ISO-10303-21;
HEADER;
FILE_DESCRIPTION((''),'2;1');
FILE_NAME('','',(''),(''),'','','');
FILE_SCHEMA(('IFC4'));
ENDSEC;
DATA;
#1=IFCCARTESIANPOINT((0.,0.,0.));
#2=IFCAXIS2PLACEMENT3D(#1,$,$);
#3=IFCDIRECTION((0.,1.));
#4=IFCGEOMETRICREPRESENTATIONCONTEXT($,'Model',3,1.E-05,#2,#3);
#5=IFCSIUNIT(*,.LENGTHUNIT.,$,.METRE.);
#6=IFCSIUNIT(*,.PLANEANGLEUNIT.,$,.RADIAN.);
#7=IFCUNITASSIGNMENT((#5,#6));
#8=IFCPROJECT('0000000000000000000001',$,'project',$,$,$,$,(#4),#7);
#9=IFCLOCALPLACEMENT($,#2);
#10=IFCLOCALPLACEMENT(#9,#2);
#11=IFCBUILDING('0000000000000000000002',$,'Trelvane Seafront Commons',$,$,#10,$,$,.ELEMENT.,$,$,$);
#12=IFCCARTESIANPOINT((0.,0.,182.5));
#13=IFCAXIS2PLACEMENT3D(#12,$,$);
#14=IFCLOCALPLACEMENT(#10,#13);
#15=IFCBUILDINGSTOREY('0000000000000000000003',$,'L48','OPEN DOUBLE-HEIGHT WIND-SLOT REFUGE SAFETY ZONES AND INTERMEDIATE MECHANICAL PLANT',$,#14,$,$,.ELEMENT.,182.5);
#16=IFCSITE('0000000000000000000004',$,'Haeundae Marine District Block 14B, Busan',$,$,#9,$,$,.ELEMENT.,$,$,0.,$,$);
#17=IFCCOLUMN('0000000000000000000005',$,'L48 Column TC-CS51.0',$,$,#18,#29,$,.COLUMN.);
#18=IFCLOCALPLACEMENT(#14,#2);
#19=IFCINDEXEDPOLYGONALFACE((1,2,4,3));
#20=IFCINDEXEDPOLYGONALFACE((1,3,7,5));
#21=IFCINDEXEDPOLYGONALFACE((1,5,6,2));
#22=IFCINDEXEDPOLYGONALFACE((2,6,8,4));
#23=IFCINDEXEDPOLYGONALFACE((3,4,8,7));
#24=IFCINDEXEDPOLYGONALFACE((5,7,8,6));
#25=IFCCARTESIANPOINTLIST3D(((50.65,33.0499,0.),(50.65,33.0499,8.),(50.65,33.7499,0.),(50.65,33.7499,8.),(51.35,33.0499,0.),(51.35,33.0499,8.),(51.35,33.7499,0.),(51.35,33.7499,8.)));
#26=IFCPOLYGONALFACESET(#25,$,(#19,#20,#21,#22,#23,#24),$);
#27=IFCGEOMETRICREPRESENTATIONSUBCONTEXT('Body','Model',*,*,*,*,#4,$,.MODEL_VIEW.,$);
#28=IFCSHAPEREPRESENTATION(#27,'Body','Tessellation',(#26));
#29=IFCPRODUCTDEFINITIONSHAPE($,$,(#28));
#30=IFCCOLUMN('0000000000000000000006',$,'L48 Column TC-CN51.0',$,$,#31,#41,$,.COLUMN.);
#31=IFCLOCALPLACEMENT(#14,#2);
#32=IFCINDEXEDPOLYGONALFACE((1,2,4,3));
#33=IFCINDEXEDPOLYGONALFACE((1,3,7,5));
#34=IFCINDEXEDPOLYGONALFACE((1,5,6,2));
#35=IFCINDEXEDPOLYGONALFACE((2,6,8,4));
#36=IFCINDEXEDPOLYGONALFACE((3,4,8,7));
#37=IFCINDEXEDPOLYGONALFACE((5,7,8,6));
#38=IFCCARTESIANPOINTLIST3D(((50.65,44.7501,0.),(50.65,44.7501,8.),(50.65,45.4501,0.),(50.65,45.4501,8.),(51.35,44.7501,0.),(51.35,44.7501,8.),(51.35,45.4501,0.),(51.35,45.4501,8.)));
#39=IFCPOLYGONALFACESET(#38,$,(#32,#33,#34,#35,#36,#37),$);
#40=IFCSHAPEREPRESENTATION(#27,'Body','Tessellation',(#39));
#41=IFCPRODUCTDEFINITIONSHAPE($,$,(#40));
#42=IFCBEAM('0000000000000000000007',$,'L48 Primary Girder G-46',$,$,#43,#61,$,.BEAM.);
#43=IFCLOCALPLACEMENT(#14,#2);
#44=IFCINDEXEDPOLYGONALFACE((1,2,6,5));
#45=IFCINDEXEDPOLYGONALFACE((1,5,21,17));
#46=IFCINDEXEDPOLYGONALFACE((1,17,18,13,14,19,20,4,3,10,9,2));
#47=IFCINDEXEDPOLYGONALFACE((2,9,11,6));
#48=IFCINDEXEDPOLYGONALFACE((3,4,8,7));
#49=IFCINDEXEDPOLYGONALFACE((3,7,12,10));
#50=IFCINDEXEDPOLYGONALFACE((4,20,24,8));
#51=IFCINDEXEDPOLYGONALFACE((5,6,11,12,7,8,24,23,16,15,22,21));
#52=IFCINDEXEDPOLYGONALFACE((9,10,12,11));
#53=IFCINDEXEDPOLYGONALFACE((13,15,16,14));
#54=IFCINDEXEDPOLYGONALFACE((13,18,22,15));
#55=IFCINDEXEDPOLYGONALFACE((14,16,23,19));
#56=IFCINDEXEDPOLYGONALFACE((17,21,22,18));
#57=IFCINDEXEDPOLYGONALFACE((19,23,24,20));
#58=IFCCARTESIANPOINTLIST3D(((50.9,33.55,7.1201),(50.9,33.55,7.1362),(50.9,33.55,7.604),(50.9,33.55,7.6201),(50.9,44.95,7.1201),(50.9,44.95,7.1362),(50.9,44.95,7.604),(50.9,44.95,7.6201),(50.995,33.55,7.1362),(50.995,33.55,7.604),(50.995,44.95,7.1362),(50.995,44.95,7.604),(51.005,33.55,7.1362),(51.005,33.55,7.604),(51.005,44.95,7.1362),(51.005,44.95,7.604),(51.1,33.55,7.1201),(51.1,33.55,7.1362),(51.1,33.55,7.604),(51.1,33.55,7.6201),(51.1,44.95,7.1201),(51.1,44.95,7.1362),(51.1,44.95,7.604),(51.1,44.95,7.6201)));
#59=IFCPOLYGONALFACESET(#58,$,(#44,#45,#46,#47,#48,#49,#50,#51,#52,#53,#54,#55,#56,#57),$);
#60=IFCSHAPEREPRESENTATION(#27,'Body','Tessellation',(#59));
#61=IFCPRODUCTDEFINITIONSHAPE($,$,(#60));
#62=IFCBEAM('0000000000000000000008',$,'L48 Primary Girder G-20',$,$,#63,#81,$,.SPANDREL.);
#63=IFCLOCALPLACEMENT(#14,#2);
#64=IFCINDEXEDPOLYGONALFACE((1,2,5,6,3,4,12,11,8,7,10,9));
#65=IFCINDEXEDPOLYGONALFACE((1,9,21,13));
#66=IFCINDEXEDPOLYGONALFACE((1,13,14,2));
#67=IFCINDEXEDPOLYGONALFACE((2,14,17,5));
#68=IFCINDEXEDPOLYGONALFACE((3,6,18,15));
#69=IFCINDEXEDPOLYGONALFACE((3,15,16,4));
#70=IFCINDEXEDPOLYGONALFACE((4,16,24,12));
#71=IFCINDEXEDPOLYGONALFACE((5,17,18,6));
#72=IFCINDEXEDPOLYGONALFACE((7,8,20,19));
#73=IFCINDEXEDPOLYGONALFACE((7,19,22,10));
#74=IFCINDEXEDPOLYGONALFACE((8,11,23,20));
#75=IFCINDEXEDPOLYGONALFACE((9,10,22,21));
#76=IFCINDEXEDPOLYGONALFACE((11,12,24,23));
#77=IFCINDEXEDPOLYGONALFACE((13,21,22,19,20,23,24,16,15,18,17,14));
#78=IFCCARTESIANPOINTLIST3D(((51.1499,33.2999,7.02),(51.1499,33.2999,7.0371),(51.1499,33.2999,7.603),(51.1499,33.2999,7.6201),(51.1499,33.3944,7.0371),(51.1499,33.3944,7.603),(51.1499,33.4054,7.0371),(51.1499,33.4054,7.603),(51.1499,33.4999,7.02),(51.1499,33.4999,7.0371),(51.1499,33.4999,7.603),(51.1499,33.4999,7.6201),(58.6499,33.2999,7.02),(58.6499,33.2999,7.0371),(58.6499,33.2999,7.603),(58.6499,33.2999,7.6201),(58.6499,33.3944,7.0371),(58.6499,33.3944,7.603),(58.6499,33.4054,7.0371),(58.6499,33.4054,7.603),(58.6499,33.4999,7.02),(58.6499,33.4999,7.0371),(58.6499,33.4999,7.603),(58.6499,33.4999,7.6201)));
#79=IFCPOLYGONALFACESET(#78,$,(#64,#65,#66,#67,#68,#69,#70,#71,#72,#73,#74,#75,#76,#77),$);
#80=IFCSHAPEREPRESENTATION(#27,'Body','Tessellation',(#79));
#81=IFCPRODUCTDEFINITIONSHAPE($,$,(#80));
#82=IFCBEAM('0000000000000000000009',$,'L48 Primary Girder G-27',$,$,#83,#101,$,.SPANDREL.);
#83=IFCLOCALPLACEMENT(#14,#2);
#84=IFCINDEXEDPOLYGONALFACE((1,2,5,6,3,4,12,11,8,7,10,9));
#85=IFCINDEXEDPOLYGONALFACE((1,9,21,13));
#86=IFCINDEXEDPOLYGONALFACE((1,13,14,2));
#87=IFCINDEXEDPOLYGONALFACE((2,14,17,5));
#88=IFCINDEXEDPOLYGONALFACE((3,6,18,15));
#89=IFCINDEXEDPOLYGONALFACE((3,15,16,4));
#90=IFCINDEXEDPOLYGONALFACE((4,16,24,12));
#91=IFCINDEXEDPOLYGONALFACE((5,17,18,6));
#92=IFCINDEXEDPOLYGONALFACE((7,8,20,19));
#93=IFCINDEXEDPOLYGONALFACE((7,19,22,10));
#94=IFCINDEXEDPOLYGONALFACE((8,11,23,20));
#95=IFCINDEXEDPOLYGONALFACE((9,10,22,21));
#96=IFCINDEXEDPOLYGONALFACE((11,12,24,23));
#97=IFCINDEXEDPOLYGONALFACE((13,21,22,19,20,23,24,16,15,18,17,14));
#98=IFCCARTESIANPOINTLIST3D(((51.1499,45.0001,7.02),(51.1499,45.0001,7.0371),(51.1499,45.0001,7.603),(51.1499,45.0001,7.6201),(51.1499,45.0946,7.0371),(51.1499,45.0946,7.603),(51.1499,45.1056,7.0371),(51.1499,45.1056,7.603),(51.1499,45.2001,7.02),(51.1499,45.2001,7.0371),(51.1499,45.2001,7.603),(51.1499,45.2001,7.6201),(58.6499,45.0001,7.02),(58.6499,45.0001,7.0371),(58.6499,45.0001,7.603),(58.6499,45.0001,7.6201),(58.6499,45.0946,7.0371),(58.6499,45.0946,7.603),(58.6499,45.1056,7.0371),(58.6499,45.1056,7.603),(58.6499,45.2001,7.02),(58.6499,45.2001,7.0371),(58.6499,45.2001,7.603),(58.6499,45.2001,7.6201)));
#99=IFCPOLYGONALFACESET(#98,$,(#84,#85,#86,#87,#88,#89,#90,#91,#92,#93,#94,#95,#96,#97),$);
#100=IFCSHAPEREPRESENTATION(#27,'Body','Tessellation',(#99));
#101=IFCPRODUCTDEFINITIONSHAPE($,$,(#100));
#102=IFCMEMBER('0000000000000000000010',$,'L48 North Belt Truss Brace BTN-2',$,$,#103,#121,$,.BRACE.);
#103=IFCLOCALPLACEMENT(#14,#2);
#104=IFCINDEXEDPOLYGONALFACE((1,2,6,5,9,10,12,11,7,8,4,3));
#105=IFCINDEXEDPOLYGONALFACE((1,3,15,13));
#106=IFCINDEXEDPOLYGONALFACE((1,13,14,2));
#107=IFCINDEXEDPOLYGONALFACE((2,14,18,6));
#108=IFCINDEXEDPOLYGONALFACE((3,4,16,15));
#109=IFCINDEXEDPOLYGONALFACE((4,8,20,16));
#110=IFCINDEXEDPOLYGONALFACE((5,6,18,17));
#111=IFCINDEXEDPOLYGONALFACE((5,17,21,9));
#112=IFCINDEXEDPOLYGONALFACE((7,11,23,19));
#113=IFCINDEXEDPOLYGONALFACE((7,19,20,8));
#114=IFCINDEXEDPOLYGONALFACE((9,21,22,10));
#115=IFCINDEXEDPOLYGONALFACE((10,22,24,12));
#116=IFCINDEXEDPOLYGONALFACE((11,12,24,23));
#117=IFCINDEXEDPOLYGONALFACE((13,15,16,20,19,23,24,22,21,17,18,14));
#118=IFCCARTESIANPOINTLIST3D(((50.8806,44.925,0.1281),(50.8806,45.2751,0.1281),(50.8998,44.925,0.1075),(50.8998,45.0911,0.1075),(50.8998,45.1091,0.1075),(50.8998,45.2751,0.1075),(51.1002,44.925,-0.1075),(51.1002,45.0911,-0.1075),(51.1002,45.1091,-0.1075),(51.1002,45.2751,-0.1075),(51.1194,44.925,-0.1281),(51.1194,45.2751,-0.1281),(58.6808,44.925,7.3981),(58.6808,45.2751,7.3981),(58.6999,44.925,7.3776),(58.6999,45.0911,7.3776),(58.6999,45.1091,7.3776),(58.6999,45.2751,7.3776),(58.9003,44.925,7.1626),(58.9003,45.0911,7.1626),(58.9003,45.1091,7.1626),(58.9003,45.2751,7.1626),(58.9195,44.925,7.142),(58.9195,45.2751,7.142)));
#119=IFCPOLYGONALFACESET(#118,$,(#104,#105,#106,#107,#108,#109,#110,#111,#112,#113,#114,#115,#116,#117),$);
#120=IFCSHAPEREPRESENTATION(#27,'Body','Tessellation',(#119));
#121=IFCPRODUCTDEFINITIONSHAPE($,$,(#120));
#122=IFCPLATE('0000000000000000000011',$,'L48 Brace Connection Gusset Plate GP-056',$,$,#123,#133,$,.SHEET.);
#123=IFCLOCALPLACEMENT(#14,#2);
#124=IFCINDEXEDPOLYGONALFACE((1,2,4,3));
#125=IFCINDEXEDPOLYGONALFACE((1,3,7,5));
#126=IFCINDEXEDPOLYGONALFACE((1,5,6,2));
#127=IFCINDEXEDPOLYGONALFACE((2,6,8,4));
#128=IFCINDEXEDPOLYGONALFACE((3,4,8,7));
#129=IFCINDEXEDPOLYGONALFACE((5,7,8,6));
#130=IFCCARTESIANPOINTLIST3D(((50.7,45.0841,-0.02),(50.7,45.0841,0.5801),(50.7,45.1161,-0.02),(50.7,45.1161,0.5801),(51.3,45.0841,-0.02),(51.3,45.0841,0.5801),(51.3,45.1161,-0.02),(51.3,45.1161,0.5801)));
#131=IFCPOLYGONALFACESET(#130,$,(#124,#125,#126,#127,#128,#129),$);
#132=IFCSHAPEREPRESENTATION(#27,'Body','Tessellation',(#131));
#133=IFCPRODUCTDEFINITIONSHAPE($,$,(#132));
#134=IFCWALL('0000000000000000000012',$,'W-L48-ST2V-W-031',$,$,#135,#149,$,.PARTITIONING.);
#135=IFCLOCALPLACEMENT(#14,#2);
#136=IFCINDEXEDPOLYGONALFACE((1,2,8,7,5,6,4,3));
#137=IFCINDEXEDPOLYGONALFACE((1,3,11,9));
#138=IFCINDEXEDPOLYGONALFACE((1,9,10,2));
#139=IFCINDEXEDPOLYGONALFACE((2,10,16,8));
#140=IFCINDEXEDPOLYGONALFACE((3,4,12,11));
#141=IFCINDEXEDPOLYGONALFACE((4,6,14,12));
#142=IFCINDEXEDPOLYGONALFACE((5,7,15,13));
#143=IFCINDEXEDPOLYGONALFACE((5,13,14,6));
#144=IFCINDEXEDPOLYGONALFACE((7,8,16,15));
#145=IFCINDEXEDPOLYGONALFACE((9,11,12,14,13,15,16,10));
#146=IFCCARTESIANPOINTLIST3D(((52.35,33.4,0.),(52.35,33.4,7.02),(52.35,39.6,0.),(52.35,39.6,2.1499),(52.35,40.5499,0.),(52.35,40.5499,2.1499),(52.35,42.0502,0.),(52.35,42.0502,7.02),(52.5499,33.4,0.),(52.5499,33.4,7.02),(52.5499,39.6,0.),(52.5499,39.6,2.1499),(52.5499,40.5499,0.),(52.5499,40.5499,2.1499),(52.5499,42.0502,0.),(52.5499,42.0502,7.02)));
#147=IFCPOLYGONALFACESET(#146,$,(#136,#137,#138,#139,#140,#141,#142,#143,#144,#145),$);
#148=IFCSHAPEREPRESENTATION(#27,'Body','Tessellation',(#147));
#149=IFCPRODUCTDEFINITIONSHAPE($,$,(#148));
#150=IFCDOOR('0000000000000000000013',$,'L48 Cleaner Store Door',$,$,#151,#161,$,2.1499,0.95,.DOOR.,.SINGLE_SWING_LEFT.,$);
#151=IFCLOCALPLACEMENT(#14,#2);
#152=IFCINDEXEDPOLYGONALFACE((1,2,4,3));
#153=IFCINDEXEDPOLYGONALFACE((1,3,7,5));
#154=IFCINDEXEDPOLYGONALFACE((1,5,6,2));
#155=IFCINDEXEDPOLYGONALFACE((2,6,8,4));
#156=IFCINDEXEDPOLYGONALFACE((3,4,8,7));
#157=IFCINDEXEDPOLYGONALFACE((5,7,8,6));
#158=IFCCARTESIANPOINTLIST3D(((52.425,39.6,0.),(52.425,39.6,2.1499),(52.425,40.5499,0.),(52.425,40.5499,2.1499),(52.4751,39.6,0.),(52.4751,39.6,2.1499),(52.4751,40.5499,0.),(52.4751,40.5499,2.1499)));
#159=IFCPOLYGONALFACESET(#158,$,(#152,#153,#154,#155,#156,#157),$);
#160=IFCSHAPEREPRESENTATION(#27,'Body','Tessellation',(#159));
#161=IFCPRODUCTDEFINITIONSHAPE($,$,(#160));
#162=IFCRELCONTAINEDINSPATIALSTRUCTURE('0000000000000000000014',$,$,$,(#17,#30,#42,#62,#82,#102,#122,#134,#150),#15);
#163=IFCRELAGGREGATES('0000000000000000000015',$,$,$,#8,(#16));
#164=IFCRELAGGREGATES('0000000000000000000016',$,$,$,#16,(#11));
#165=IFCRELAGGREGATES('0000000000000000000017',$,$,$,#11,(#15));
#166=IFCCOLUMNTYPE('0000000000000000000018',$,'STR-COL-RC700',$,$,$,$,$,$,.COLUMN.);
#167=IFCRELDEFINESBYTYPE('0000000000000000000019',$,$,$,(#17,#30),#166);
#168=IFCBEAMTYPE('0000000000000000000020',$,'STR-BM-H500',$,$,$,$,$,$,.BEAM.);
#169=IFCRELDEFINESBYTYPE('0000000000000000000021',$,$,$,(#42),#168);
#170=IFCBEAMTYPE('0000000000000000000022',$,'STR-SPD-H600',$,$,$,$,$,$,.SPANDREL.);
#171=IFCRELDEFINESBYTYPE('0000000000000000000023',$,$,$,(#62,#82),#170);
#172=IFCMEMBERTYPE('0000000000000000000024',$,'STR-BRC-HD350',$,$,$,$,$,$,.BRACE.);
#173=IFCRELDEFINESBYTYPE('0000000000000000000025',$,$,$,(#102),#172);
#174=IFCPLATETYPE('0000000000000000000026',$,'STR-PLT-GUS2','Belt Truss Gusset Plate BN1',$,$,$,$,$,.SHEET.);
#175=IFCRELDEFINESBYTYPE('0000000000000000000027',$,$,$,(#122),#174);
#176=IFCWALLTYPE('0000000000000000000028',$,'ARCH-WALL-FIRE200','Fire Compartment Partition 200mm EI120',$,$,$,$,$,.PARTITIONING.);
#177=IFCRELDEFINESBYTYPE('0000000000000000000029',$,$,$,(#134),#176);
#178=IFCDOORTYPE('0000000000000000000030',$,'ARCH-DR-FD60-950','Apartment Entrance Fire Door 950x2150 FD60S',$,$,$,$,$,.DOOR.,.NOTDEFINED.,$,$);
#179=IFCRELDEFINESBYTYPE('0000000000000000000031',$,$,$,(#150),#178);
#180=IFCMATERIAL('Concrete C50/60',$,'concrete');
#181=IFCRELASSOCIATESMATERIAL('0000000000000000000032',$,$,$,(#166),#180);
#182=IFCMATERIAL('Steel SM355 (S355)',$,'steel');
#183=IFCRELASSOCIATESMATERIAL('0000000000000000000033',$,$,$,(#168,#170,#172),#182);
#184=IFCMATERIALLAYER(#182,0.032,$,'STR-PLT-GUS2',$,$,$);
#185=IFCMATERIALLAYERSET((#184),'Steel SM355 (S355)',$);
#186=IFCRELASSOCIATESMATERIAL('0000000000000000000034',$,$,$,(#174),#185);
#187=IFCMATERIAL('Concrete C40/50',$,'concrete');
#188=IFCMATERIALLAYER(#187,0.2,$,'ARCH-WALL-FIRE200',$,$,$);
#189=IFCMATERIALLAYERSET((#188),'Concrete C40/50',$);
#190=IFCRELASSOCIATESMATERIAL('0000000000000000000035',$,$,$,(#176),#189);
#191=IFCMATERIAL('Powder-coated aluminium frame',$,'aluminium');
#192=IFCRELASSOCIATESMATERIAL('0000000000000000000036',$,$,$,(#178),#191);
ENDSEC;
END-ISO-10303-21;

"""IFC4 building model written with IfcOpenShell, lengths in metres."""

from ifc_helpers import new_model, si_unit, direction, frame, frame_2d, origin, origin_2d, place, context, subcontext, project, spatial, rectangle, i_section, extrude, source, transform, mapped, material, layer, layer_set, material_profile, profile_set, type_object, element, fill, save


model = new_model("IFC4")

# Units and contexts
model_context = context("Model", 3, precision=1e-05, world=origin(), true_north=direction((0.0, 1.0)))
body_context = subcontext(model_context, "Body", "Model", "MODEL_VIEW")
ifc_project = project(units=[si_unit("LENGTHUNIT", "METRE"), si_unit("PLANEANGLEUNIT", "RADIAN")], contexts=[model_context])

# Site, building, storey
site_placement = place(None, origin())
site = spatial("IfcSite", under=ifc_project, at=site_placement, Name="Haeundae Marine District Block 14B, Busan", CompositionType="ELEMENT", RefElevation=0.0)
building_placement = place(site_placement, origin())
building = spatial("IfcBuilding", under=site, at=building_placement, Name="Trelvane Seafront Commons", CompositionType="ELEMENT")
storey_placement = place(building_placement, frame((0.0, 0.0, 182.5)))
storey = spatial("IfcBuildingStorey", under=building, at=storey_placement, Name="L48", Description="OPEN DOUBLE-HEIGHT WIND-SLOT REFUGE SAFETY ZONES AND INTERMEDIATE MECHANICAL PLANT", CompositionType="ELEMENT", Elevation=182.5)

# Columns
ifc_material_1 = material(Name="Concrete C50/60", Category="concrete")
ifc_material_profile_1 = material_profile(ifc_material_1, rectangle(XDim=0.7, YDim=0.7, at=origin_2d()), Name="RC-700x700")
ifc_profile_set_1 = profile_set([ifc_material_profile_1], Name="Concrete C50/60")
column_type = type_object("IfcColumnType", Name="STR-COL-RC700", PredefinedType="COLUMN", material=ifc_profile_set_1)
shared_shape_1 = source(origin(), body_context, "Body", "SweptSolid", [
    extrude(rectangle(XDim=0.7, YDim=0.7, at=origin_2d()), origin(), (0.0, 0.0, 1.0), 8.0),
])
for number, where, z_axis, x_axis, name in (
    (1, (51.0, 33.3999, 0.0), (0.0, 0.0, 1.0), (1.0, 0.0, 0.0), "L48 Column TC-CS51.0"),
    (2, (51.0, 45.1001, 0.0), (0.0, 0.0, 1.0), (1.0, 0.0, 0.0), "L48 Column TC-CN51.0"),
):
    element("IfcColumn", number, at=place(storey_placement, frame(where, z_axis=z_axis, x_axis=x_axis)), inside=storey, type_object=column_type, Name=name, PredefinedType="COLUMN", context=body_context, shape_type="MappedRepresentation", body=[
        mapped(shared_shape_1, transform((0.0, 0.0, 0.0), x_axis=(1.0, 0.0, 0.0), y_axis=(0.0, 1.0, 0.0), z_axis=(0.0, 0.0, 1.0), scale=1.0)),
    ])

# Beams
ifc_material_2 = material(Name="Steel SM355 (S355)", Category="steel")
ifc_material_profile_2 = material_profile(ifc_material_2, i_section(OverallWidth=0.2, OverallDepth=0.5, WebThickness=0.01, FlangeThickness=0.0161, at=origin_2d()), Name="H-500x200x10x16")
ifc_profile_set_2 = profile_set([ifc_material_profile_2], Name="Steel SM355 (S355)")
beam_type_1 = type_object("IfcBeamType", Name="STR-BM-H500", PredefinedType="BEAM", material=ifc_profile_set_2)
shared_shape_2 = source(origin(), body_context, "Body", "SweptSolid", [
    extrude(i_section(OverallWidth=0.2, OverallDepth=0.5, WebThickness=0.01, FlangeThickness=0.0161, at=origin_2d()), origin(), (0.0, 0.0, 1.0), 11.3999),
])
beam_placement = place(storey_placement, frame((51.0, 33.55, 7.3701), z_axis=(0.0, 1.0, 0.0), x_axis=(-1.0, 0.0, 0.0)))
element("IfcBeam", 3, at=beam_placement, inside=storey, type_object=beam_type_1, Name="L48 Primary Girder G-46", PredefinedType="BEAM", context=body_context, shape_type="MappedRepresentation", body=[
    mapped(shared_shape_2, transform((0.0, 0.0, 0.0), x_axis=(1.0, 0.0, 0.0), y_axis=(0.0, 1.0, 0.0), z_axis=(0.0, 0.0, 1.0), scale=1.0)),
])
ifc_material_profile_3 = material_profile(ifc_material_2, i_section(OverallWidth=0.2, OverallDepth=0.6001, WebThickness=0.011, FlangeThickness=0.0171, at=origin_2d()), Name="H-600x200x11x17")
ifc_profile_set_3 = profile_set([ifc_material_profile_3], Name="Steel SM355 (S355)")
beam_type_2 = type_object("IfcBeamType", Name="STR-SPD-H600", PredefinedType="SPANDREL", material=ifc_profile_set_3)
shared_shape_3 = source(origin(), body_context, "Body", "SweptSolid", [
    extrude(i_section(OverallWidth=0.2, OverallDepth=0.6001, WebThickness=0.011, FlangeThickness=0.0171, at=origin_2d()), origin(), (0.0, 0.0, 1.0), 7.5),
])
for number, where, z_axis, x_axis, name in (
    (4, (51.1499, 33.3999, 7.3201), (1.0, 0.0, 0.0), (0.0, 1.0, 0.0), "L48 Primary Girder G-20"),
    (5, (51.1499, 45.1001, 7.3201), (1.0, 0.0, 0.0), (0.0, 1.0, 0.0), "L48 Primary Girder G-27"),
):
    element("IfcBeam", number, at=place(storey_placement, frame(where, z_axis=z_axis, x_axis=x_axis)), inside=storey, type_object=beam_type_2, Name=name, PredefinedType="SPANDREL", context=body_context, shape_type="MappedRepresentation", body=[
        mapped(shared_shape_3, transform((0.0, 0.0, 0.0), x_axis=(1.0, 0.0, 0.0), y_axis=(0.0, 1.0, 0.0), z_axis=(0.0, 0.0, 1.0), scale=1.0)),
    ])

# Member
ifc_material_profile_4 = material_profile(ifc_material_2, i_section(OverallWidth=0.3501, OverallDepth=0.3501, WebThickness=0.0181, FlangeThickness=0.0281, at=origin_2d()), Name="HD-350x350x18x28")
ifc_profile_set_4 = profile_set([ifc_material_profile_4], Name="Steel SM355 (S355)")
member_type = type_object("IfcMemberType", Name="STR-BRC-HD350", PredefinedType="BRACE", material=ifc_profile_set_4)
shared_shape_4 = source(origin(), body_context, "Body", "SweptSolid", [
    extrude(i_section(OverallWidth=0.3501, OverallDepth=0.3501, WebThickness=0.0181, FlangeThickness=0.0281, at=origin_2d()), origin(), (0.0, 0.0, 1.0), 10.6628),
])
member_placement = place(storey_placement, frame((51.0, 45.1001, 0.0), z_axis=(0.731524, 0.0, 0.681816), x_axis=(0.0, 1.0, 0.0)))
element("IfcMember", 6, at=member_placement, inside=storey, type_object=member_type, Name="L48 North Belt Truss Brace BTN-2", PredefinedType="BRACE", context=body_context, shape_type="MappedRepresentation", body=[
    mapped(shared_shape_4, transform((0.0, 0.0, 0.0), x_axis=(1.0, 0.0, 0.0), y_axis=(0.0, 1.0, 0.0), z_axis=(0.0, 0.0, 1.0), scale=1.0)),
])

# Plate
ifc_layer_1 = layer(ifc_material_2, 0.032, Name="STR-PLT-GUS2")
ifc_layer_set_1 = layer_set([ifc_layer_1], Name="Steel SM355 (S355)")
plate_type = type_object("IfcPlateType", Name="STR-PLT-GUS2", Description="Belt Truss Gusset Plate BN1", PredefinedType="SHEET", material=ifc_layer_set_1)
shared_shape_5 = source(origin(), body_context, "Body", "SweptSolid", [
    extrude(rectangle(XDim=0.6001, YDim=0.032, at=origin_2d()), origin(), (0.0, 0.0, 1.0), 0.6001),
])
plate_placement = place(storey_placement, frame((51.0, 45.1001, -0.02), z_axis=(0.0, 0.0, 1.0), x_axis=(1.0, 0.0, 0.0)))
element("IfcPlate", 7, at=plate_placement, inside=storey, type_object=plate_type, Name="L48 Brace Connection Gusset Plate GP-056", PredefinedType="SHEET", context=body_context, shape_type="MappedRepresentation", body=[
    mapped(shared_shape_5, transform((0.0, 0.0, 0.0), x_axis=(1.0, 0.0, 0.0), y_axis=(0.0, 1.0, 0.0), z_axis=(0.0, 0.0, 1.0), scale=1.0)),
])

# Wall, opening, door
ifc_material_3 = material(Name="Concrete C40/50", Category="concrete")
ifc_layer_2 = layer(ifc_material_3, 0.2, Name="ARCH-WALL-FIRE200")
ifc_layer_set_2 = layer_set([ifc_layer_2], Name="Concrete C40/50")
wall_type_1 = type_object("IfcWallType", Name="ARCH-WALL-FIRE200", Description="Fire Compartment Partition 200mm EI120", PredefinedType="PARTITIONING", material=ifc_layer_set_2)
wall_1_placement = place(storey_placement, frame((52.45, 33.3999, 0.0), z_axis=(0.0, 0.0, 1.0), x_axis=(0.0, 1.0, 0.0)))
wall_1 = element("IfcWall", 8, at=wall_1_placement, inside=storey, type_object=wall_type_1, Name="W-L48-ST2V-W-031", PredefinedType="PARTITIONING", context=body_context, shape_type="SweptSolid", body=[
    extrude(rectangle(XDim=8.6501, YDim=0.2, at=frame_2d((4.3252, 0.0))), origin(), (0.0, 0.0, 1.0), 7.02),
])
opening_1_placement = place(wall_1_placement, frame((6.2, 0.0, 0.0)))
opening_1 = element("IfcOpeningElement", 9, at=opening_1_placement, cuts=wall_1, PredefinedType="OPENING", context=body_context, shape_type="SweptSolid", body=[
    extrude(rectangle(XDim=0.95, YDim=2.1499, at=frame_2d((0.4751, 1.075))), frame((0.0, 0.1099, 0.0), z_axis=(0.0, -1.0, 0.0), x_axis=(1.0, 0.0, 0.0)), (0.0, 0.0, 1.0), 0.22),
])
ifc_material_4 = material(Name="Powder-coated aluminium frame", Category="aluminium")
door_type_1 = type_object("IfcDoorType", Name="ARCH-DR-FD60-950", Description="Apartment Entrance Fire Door 950x2150 FD60S", OperationType="NOTDEFINED", PredefinedType="DOOR", material=ifc_material_4)
shared_shape_6 = source(origin(), body_context, "Body", "SweptSolid", [
    extrude(rectangle(XDim=0.95, YDim=2.1499, at=frame_2d((0.4751, 1.075))), frame((0.0, 0.0249, 0.0), z_axis=(0.0, -1.0, 0.0), x_axis=(1.0, 0.0, 0.0)), (0.0, 0.0, 1.0), 0.05),
])
door_1_placement = place(opening_1_placement, origin())
door_1 = element("IfcDoor", 10, at=door_1_placement, inside=storey, type_object=door_type_1, Name="L48 Cleaner Store Door", OperationType="SINGLE_SWING_LEFT", OverallHeight=2.1499, OverallWidth=0.95, PredefinedType="DOOR", context=body_context, shape_type="MappedRepresentation", body=[
    mapped(shared_shape_6, transform((0.0, 0.0, 0.0), x_axis=(1.0, 0.0, 0.0), y_axis=(0.0, 1.0, 0.0), z_axis=(0.0, 0.0, 1.0), scale=1.0)),
])
fill(opening_1, door_1)

save(model, "model.ifc")
